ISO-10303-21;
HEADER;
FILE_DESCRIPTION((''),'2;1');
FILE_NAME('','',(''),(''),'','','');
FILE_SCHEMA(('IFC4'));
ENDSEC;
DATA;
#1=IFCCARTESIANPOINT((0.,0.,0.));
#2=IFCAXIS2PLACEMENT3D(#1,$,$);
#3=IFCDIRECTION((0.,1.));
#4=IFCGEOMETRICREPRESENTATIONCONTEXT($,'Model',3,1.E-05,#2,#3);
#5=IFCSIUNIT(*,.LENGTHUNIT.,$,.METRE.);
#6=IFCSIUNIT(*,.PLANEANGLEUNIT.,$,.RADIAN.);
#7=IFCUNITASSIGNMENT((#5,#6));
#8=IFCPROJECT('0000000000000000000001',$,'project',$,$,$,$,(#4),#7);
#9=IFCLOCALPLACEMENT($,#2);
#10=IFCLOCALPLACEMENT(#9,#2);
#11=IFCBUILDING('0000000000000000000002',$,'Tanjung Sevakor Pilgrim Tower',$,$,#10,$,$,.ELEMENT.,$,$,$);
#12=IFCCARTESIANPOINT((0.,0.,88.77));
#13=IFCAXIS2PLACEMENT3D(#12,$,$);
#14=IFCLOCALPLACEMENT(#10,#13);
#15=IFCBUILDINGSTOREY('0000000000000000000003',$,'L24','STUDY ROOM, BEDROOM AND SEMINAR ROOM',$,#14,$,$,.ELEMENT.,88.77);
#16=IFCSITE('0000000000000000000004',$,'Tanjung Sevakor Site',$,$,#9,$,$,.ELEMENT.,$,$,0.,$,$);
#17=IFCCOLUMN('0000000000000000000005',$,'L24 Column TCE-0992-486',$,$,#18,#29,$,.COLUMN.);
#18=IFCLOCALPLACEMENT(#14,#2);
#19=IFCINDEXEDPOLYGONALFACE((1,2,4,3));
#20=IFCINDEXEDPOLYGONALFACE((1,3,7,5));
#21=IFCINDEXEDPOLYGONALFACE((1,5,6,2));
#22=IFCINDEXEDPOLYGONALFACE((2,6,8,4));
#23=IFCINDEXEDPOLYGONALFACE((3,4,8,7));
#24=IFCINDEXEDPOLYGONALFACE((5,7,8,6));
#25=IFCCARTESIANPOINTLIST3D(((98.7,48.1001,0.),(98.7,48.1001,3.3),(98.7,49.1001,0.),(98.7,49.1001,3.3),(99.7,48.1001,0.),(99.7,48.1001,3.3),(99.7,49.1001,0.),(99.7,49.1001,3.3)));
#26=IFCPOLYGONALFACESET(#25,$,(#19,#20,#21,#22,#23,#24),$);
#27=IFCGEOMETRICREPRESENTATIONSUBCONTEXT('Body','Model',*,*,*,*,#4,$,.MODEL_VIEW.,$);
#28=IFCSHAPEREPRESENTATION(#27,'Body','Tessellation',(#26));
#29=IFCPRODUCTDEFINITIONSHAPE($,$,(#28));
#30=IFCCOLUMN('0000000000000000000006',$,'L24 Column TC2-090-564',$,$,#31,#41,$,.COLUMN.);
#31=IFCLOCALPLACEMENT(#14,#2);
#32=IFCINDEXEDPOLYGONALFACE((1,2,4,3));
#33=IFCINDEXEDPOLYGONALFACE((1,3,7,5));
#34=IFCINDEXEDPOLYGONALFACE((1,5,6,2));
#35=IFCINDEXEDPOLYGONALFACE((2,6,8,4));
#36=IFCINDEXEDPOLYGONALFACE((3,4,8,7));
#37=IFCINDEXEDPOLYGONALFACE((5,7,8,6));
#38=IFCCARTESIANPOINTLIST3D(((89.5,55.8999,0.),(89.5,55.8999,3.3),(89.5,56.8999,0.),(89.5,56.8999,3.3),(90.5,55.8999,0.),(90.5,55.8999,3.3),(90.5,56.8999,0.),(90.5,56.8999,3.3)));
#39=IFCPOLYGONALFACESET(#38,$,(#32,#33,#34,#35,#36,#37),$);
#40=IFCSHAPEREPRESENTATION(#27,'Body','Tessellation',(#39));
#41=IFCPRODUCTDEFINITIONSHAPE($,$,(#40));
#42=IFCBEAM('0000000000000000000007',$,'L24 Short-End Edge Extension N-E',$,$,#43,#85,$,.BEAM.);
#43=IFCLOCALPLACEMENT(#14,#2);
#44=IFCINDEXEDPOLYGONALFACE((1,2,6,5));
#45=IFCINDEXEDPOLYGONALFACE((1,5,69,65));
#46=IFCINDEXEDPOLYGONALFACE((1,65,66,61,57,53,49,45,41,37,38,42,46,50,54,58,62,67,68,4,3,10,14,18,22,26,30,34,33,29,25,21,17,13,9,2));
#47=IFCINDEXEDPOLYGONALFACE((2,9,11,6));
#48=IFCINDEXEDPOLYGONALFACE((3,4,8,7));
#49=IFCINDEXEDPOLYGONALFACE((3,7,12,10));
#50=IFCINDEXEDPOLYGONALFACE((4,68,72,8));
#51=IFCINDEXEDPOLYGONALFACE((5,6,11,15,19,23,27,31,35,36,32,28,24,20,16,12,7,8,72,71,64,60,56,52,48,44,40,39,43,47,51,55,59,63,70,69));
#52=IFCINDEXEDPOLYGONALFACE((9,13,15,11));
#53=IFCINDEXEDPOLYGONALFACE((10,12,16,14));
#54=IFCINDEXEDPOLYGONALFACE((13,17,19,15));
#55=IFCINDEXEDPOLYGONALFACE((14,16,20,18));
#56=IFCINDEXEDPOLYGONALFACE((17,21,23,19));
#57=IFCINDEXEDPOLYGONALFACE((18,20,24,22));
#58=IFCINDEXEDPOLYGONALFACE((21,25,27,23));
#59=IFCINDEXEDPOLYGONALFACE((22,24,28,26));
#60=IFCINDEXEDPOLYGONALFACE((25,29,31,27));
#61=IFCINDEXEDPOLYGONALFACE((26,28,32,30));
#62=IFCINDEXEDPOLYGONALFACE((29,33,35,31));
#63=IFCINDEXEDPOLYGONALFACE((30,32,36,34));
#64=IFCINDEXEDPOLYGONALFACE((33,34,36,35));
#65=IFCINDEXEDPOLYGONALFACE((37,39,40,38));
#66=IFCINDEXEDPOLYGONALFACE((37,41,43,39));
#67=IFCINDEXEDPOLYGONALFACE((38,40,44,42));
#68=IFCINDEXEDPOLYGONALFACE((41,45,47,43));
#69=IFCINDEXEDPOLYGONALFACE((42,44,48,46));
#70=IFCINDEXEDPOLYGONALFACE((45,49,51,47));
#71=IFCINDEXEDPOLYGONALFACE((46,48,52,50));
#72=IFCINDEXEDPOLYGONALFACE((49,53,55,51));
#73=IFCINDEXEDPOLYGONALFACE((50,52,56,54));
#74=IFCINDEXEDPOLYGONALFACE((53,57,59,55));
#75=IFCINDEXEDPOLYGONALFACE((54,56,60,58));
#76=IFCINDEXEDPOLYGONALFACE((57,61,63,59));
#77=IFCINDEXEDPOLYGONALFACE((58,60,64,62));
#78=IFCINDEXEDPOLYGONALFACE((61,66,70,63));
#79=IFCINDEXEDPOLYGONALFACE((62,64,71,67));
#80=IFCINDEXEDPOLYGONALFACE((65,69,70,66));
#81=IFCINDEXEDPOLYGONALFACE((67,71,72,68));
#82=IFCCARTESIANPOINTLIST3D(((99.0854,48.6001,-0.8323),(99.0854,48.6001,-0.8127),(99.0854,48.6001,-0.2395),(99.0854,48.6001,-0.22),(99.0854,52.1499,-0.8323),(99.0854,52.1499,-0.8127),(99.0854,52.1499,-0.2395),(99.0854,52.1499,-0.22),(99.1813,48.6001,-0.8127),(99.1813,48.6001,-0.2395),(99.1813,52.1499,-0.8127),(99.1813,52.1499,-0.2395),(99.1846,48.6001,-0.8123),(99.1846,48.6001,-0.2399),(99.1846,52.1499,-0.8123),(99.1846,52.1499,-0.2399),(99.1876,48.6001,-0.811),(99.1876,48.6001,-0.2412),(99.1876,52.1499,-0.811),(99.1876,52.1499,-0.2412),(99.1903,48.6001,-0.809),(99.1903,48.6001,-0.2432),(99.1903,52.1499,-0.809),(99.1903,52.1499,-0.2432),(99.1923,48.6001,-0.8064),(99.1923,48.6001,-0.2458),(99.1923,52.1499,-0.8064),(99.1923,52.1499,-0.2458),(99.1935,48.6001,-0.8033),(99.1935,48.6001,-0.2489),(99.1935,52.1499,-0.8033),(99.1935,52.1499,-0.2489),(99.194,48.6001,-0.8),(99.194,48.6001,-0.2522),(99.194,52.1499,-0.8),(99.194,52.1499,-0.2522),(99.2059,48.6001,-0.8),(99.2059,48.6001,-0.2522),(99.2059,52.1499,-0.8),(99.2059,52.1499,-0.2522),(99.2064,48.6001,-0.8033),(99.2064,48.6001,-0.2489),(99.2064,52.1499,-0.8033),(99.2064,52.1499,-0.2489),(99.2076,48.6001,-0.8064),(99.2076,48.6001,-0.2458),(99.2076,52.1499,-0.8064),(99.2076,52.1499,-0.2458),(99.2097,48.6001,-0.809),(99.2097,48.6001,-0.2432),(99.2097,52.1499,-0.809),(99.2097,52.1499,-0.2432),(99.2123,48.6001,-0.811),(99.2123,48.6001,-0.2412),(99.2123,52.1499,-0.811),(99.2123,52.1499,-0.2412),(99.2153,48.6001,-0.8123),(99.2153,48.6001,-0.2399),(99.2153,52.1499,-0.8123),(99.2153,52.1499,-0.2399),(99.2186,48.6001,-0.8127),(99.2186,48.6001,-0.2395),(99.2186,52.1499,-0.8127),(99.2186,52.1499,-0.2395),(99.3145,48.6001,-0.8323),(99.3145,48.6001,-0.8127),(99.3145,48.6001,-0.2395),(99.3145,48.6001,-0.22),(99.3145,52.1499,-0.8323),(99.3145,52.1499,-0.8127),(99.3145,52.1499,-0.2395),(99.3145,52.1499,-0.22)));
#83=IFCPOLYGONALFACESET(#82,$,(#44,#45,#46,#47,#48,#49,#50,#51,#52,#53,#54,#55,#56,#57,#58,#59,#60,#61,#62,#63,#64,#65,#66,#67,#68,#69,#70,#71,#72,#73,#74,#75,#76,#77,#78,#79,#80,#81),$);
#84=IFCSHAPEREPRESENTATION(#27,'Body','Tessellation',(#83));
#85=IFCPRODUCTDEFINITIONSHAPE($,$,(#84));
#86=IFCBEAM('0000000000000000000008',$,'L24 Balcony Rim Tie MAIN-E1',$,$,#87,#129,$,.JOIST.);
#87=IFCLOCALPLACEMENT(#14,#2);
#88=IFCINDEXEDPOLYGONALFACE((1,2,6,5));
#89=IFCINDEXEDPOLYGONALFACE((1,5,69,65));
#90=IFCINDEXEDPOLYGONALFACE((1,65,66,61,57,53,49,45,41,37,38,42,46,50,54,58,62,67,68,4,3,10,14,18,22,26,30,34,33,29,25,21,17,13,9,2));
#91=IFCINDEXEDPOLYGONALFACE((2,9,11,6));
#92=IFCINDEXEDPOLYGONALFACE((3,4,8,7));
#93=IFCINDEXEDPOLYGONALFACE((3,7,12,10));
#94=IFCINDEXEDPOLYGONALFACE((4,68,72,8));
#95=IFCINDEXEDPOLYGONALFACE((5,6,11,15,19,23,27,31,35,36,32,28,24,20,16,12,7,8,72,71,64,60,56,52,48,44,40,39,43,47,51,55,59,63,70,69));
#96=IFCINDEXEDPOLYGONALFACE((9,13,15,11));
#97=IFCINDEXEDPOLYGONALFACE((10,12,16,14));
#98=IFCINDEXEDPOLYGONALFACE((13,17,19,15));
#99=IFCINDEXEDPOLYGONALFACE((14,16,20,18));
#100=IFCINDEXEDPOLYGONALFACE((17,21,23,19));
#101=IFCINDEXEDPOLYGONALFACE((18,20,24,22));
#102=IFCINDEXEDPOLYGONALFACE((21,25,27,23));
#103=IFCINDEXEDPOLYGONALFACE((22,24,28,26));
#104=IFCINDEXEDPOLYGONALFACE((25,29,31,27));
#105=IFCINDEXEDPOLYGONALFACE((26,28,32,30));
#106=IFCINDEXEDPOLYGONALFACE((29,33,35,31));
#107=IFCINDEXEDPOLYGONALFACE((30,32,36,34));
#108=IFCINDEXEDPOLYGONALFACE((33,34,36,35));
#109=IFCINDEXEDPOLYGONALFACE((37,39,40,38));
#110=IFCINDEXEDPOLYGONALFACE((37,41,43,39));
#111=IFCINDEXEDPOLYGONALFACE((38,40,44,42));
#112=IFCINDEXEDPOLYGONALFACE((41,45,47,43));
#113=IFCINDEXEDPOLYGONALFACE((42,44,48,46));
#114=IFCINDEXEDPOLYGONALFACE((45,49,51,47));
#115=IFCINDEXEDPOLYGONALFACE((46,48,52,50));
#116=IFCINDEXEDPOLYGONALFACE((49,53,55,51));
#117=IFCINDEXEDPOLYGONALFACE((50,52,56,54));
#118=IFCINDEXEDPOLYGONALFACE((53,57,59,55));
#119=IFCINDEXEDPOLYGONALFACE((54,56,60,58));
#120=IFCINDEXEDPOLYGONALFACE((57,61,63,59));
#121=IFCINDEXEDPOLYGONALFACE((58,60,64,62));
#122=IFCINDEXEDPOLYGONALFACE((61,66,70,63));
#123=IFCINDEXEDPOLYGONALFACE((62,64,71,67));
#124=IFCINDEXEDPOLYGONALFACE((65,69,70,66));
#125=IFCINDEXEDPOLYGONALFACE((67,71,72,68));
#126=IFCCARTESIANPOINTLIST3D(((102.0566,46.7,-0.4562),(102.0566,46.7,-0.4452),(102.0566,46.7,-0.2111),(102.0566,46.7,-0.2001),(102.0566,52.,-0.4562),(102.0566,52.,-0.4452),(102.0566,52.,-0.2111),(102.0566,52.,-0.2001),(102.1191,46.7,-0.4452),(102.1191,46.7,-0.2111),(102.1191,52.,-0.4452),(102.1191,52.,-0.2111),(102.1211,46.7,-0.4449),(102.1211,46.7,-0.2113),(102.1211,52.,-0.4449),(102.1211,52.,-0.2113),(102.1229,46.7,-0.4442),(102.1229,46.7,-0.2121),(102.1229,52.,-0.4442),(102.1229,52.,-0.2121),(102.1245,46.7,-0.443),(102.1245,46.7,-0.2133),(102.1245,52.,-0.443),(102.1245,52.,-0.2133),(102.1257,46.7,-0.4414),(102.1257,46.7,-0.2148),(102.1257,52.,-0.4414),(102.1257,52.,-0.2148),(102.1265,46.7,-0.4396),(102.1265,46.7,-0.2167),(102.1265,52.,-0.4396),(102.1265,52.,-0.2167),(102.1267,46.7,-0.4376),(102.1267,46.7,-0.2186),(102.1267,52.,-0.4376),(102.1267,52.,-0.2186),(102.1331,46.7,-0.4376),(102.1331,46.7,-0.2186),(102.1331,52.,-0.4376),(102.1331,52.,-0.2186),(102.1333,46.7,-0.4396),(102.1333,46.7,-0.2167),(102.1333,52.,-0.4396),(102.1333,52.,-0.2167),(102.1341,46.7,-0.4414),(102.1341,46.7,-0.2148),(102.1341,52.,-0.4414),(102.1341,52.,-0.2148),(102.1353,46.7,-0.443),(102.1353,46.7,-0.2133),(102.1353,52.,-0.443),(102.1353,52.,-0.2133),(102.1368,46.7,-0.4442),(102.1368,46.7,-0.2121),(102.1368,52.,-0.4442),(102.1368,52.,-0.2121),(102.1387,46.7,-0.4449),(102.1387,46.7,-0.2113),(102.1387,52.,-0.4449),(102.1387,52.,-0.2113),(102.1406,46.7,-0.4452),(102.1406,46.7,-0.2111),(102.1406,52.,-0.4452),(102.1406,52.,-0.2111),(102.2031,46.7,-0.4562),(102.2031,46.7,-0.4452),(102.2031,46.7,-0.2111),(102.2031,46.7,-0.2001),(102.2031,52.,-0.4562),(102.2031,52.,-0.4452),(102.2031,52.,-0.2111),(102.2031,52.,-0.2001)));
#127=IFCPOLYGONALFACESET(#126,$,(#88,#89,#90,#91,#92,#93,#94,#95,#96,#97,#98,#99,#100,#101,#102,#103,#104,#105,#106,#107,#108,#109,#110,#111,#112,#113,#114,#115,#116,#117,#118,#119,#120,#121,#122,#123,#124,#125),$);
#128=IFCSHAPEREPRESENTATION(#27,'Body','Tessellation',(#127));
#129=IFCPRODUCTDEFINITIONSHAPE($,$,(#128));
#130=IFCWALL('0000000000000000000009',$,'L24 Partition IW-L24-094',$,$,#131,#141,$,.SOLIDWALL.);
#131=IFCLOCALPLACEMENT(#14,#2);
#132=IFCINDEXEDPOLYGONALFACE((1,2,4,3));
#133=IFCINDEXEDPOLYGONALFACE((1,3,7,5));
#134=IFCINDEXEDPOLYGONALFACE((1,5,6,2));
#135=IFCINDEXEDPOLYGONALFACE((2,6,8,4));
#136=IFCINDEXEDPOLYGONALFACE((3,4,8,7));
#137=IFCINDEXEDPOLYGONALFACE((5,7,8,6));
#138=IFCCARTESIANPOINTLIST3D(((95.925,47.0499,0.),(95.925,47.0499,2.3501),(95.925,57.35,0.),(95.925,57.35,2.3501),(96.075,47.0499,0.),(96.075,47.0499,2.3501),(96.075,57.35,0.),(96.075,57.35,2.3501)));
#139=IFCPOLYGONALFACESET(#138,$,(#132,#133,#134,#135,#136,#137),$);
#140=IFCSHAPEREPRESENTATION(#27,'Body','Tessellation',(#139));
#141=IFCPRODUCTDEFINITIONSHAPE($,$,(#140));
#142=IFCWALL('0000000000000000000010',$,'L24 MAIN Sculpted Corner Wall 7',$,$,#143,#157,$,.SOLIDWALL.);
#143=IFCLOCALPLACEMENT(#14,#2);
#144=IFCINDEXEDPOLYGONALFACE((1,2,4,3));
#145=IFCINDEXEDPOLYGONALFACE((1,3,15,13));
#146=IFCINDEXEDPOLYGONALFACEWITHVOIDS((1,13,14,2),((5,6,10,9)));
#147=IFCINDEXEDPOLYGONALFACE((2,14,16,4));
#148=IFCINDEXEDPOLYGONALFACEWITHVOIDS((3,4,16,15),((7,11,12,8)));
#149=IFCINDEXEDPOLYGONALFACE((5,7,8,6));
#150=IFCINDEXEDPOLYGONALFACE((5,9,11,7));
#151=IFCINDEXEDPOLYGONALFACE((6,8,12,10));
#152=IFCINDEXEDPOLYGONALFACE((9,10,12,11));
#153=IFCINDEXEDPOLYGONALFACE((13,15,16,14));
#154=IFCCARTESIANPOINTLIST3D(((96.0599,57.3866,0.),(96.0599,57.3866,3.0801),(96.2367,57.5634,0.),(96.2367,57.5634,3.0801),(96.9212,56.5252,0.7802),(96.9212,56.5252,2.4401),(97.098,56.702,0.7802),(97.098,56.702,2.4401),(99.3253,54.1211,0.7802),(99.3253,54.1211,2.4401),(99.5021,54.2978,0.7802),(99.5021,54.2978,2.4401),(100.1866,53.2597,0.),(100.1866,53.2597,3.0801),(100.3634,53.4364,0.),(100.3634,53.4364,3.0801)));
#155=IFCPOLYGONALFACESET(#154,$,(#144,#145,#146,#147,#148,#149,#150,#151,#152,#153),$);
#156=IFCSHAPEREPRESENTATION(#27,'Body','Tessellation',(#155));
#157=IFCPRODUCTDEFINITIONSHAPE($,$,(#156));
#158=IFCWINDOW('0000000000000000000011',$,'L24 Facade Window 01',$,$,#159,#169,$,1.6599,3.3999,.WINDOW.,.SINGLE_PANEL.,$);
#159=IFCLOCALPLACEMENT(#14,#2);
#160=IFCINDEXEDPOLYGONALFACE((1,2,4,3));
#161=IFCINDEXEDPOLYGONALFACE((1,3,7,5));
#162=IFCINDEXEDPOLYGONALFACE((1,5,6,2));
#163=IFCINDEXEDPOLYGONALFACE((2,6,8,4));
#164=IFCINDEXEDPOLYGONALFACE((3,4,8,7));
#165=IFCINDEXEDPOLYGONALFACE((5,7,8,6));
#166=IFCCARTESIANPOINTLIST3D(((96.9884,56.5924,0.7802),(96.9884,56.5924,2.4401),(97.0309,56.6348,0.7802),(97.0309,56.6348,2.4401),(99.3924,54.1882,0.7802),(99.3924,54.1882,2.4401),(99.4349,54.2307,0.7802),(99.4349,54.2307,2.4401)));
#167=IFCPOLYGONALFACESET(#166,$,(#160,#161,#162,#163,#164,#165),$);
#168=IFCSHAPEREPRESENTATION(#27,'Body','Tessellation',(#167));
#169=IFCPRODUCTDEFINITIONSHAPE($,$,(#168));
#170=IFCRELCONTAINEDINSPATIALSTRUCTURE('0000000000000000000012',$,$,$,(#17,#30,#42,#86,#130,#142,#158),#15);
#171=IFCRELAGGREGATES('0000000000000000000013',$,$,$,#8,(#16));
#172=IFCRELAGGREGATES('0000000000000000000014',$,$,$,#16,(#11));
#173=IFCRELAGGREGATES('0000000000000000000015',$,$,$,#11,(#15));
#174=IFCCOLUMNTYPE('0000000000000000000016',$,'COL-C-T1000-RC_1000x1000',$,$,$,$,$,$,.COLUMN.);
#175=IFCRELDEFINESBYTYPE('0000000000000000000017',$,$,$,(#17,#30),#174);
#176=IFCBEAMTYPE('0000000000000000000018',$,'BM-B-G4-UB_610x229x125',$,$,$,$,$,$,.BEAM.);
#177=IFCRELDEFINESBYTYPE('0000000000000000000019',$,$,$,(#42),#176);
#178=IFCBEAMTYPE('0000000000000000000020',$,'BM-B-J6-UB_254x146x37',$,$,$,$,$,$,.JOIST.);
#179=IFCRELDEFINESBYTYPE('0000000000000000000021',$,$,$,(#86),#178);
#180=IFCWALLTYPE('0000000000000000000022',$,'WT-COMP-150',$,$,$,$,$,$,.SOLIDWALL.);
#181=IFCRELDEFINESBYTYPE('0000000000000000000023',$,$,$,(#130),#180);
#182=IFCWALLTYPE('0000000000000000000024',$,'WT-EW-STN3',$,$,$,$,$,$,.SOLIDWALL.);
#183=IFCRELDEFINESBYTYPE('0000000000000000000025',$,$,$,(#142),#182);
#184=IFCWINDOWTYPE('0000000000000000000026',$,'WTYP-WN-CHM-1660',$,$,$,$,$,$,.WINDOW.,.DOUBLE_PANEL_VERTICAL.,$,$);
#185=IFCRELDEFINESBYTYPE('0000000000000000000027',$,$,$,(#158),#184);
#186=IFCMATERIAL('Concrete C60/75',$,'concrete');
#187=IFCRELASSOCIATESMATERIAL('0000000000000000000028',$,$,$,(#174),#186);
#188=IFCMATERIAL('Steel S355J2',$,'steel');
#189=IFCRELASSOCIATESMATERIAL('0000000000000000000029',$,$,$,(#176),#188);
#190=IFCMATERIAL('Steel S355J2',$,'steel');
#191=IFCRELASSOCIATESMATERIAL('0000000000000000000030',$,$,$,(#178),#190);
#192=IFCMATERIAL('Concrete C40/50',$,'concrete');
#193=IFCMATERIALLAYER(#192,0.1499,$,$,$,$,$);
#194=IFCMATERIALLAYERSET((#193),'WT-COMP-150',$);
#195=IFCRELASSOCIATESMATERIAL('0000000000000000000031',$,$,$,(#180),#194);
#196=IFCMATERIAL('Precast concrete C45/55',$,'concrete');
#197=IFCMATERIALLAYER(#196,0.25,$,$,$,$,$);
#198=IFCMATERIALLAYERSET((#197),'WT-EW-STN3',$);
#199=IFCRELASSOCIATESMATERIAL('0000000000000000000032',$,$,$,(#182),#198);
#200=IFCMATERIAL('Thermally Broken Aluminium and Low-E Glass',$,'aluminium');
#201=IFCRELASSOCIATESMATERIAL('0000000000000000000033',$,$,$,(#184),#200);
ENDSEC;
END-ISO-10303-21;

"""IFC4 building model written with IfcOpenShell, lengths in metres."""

from ifc_helpers import new_model, si_unit, direction, frame, frame_2d, origin, origin_2d, place, context, subcontext, project, spatial, rectangle, i_section, extrude, material, layer, layer_set, material_profile, profile_set, type_object, element, fill, save


model = new_model("IFC4")

# Units and contexts
model_context = context("Model", 3, precision=1e-05, world=origin(), true_north=direction((0.0, 1.0)))
body_context = subcontext(model_context, "Body", "Model", "MODEL_VIEW")
ifc_project = project(units=[si_unit("LENGTHUNIT", "METRE"), si_unit("PLANEANGLEUNIT", "RADIAN")], contexts=[model_context])

# Site, building, storey
site_placement = place(None, origin())
site = spatial("IfcSite", under=ifc_project, at=site_placement, Name="Tanjung Sevakor Site", CompositionType="ELEMENT", RefElevation=0.0)
building_placement = place(site_placement, origin())
building = spatial("IfcBuilding", under=site, at=building_placement, Name="Tanjung Sevakor Pilgrim Tower", CompositionType="ELEMENT")
storey_placement = place(building_placement, frame((0.0, 0.0, 88.77)))
storey = spatial("IfcBuildingStorey", under=building, at=storey_placement, Name="L24", Description="STUDY ROOM, BEDROOM AND SEMINAR ROOM", CompositionType="ELEMENT", Elevation=88.77)

# Columns
ifc_material_1 = material(Name="Concrete C60/75", Category="concrete")
ifc_material_profile_1 = material_profile(ifc_material_1, rectangle(XDim=1.0, YDim=1.0, at=origin_2d()))
ifc_profile_set_1 = profile_set([ifc_material_profile_1], Name="Concrete C60/75")
column_type = type_object("IfcColumnType", Name="COL-C-T1000-RC_1000x1000", PredefinedType="COLUMN", material=ifc_profile_set_1)
for number, where, z_axis, x_axis, name in (
    (1, (99.2, 48.6001, 0.0), (0.0, 0.0, 1.0), (1.0, 0.0, 0.0), "L24 Column TCE-0992-486"),
    (2, (90.0, 56.3999, 0.0), (0.0, 0.0, 1.0), (1.0, 0.0, 0.0), "L24 Column TC2-090-564"),
):
    element("IfcColumn", number, at=place(storey_placement, frame(where, z_axis=z_axis, x_axis=x_axis)), inside=storey, type_object=column_type, Name=name, PredefinedType="COLUMN", context=body_context, shape_type="SweptSolid", body=[
        extrude(rectangle(XDim=1.0, YDim=1.0, at=origin_2d()), origin(), (0.0, 0.0, 1.0), 3.3),
    ])

# Beams
ifc_material_2 = material(Name="Steel S355J2", Category="steel")
ifc_material_profile_2 = material_profile(ifc_material_2, i_section(OverallWidth=0.229, OverallDepth=0.6123, WebThickness=0.012, FlangeThickness=0.0195, FilletRadius=0.0127, at=origin_2d()))
ifc_profile_set_2 = profile_set([ifc_material_profile_2], Name="Steel S355J2")
beam_type_1 = type_object("IfcBeamType", Name="BM-B-G4-UB_610x229x125", PredefinedType="BEAM", material=ifc_profile_set_2)
beam_1_placement = place(storey_placement, frame((99.2, 48.6001, -0.5261), z_axis=(0.0, 1.0, 0.0), x_axis=(-1.0, 0.0, 0.0)))
element("IfcBeam", 3, at=beam_1_placement, inside=storey, type_object=beam_type_1, Name="L24 Short-End Edge Extension N-E", PredefinedType="BEAM", context=body_context, shape_type="SweptSolid", body=[
    extrude(i_section(OverallWidth=0.229, OverallDepth=0.6123, WebThickness=0.012, FlangeThickness=0.0195, FilletRadius=0.0127, at=origin_2d()), origin(), (0.0, 0.0, 1.0), 3.5498),
])
ifc_material_3 = material(Name="Steel S355J2", Category="steel")
ifc_material_profile_3 = material_profile(ifc_material_3, i_section(OverallWidth=0.1465, OverallDepth=0.2561, WebThickness=0.0063, FlangeThickness=0.011, FilletRadius=0.0076, at=origin_2d()))
ifc_profile_set_3 = profile_set([ifc_material_profile_3], Name="Steel S355J2")
beam_type_2 = type_object("IfcBeamType", Name="BM-B-J6-UB_254x146x37", PredefinedType="JOIST", material=ifc_profile_set_3)
beam_2_placement = place(storey_placement, frame((102.1299, 46.7, -0.3281), z_axis=(0.0, 1.0, 0.0), x_axis=(-1.0, 0.0, 0.0)))
element("IfcBeam", 4, at=beam_2_placement, inside=storey, type_object=beam_type_2, Name="L24 Balcony Rim Tie MAIN-E1", PredefinedType="JOIST", context=body_context, shape_type="SweptSolid", body=[
    extrude(i_section(OverallWidth=0.1465, OverallDepth=0.2561, WebThickness=0.0063, FlangeThickness=0.011, FilletRadius=0.0076, at=origin_2d()), origin(), (0.0, 0.0, 1.0), 5.3),
])

# Wall
ifc_material_4 = material(Name="Concrete C40/50", Category="concrete")
ifc_layer_1 = layer(ifc_material_4, 0.1499)
ifc_layer_set_1 = layer_set([ifc_layer_1], Name="WT-COMP-150")
wall_type_1 = type_object("IfcWallType", Name="WT-COMP-150", PredefinedType="SOLIDWALL", material=ifc_layer_set_1)
wall_1_placement = place(storey_placement, frame((96.0, 47.05, 0.0), z_axis=(0.0, 0.0, 1.0), x_axis=(0.0, 1.0, 0.0)))
element("IfcWall", 5, at=wall_1_placement, inside=storey, type_object=wall_type_1, Name="L24 Partition IW-L24-094", PredefinedType="SOLIDWALL", context=body_context, shape_type="SweptSolid", body=[
    extrude(rectangle(XDim=10.3, YDim=0.1499, at=frame_2d((5.1499, 0.0))), origin(), (0.0, 0.0, 1.0), 2.3501),
])

# Wall, opening, window
ifc_material_5 = material(Name="Precast concrete C45/55", Category="concrete")
ifc_layer_2 = layer(ifc_material_5, 0.25)
ifc_layer_set_2 = layer_set([ifc_layer_2], Name="WT-EW-STN3")
wall_type_2 = type_object("IfcWallType", Name="WT-EW-STN3", PredefinedType="SOLIDWALL", material=ifc_layer_set_2)
wall_2_placement = place(storey_placement, frame((100.2749, 53.3481, 0.0), z_axis=(0.0, 0.0, 1.0), x_axis=(-0.707086, 0.707128, 0.0)))
wall_2 = element("IfcWall", 6, at=wall_2_placement, inside=storey, type_object=wall_type_2, Name="L24 MAIN Sculpted Corner Wall 7", PredefinedType="SOLIDWALL", context=body_context, shape_type="SweptSolid", body=[
    extrude(rectangle(XDim=5.8362, YDim=0.25, at=frame_2d((2.918, 0.0))), origin(), (0.0, 0.0, 1.0), 3.0801),
])
opening_1_placement = place(wall_2_placement, frame((1.218, 0.0, 0.78)))
opening_1 = element("IfcOpeningElement", 7, at=opening_1_placement, cuts=wall_2, PredefinedType="OPENING", context=body_context, shape_type="SweptSolid", body=[
    extrude(rectangle(XDim=3.3999, YDim=1.6599, at=frame_2d((1.7, 0.8301))), frame((0.0, 0.135, 0.0), z_axis=(0.0, -1.0, 0.0), x_axis=(1.0, 0.0, 0.0)), (0.0, 0.0, 1.0), 0.27),
])
ifc_material_6 = material(Name="Thermally Broken Aluminium and Low-E Glass", Category="aluminium")
window_type_1 = type_object("IfcWindowType", Name="WTYP-WN-CHM-1660", PartitioningType="DOUBLE_PANEL_VERTICAL", PredefinedType="WINDOW", material=ifc_material_6)
window_1_placement = place(opening_1_placement, origin())
window_1 = element("IfcWindow", 8, at=window_1_placement, inside=storey, type_object=window_type_1, Name="L24 Facade Window 01", OverallHeight=1.6599, OverallWidth=3.3999, PartitioningType="SINGLE_PANEL", PredefinedType="WINDOW", context=body_context, shape_type="SweptSolid", body=[
    extrude(rectangle(XDim=3.3999, YDim=1.6599, at=frame_2d((1.7, 0.8301))), frame((0.0, 0.03, 0.0), z_axis=(0.0, -1.0, 0.0), x_axis=(1.0, 0.0, 0.0)), (0.0, 0.0, 1.0), 0.0601),
])
fill(opening_1, window_1)

save(model, "model.ifc")
